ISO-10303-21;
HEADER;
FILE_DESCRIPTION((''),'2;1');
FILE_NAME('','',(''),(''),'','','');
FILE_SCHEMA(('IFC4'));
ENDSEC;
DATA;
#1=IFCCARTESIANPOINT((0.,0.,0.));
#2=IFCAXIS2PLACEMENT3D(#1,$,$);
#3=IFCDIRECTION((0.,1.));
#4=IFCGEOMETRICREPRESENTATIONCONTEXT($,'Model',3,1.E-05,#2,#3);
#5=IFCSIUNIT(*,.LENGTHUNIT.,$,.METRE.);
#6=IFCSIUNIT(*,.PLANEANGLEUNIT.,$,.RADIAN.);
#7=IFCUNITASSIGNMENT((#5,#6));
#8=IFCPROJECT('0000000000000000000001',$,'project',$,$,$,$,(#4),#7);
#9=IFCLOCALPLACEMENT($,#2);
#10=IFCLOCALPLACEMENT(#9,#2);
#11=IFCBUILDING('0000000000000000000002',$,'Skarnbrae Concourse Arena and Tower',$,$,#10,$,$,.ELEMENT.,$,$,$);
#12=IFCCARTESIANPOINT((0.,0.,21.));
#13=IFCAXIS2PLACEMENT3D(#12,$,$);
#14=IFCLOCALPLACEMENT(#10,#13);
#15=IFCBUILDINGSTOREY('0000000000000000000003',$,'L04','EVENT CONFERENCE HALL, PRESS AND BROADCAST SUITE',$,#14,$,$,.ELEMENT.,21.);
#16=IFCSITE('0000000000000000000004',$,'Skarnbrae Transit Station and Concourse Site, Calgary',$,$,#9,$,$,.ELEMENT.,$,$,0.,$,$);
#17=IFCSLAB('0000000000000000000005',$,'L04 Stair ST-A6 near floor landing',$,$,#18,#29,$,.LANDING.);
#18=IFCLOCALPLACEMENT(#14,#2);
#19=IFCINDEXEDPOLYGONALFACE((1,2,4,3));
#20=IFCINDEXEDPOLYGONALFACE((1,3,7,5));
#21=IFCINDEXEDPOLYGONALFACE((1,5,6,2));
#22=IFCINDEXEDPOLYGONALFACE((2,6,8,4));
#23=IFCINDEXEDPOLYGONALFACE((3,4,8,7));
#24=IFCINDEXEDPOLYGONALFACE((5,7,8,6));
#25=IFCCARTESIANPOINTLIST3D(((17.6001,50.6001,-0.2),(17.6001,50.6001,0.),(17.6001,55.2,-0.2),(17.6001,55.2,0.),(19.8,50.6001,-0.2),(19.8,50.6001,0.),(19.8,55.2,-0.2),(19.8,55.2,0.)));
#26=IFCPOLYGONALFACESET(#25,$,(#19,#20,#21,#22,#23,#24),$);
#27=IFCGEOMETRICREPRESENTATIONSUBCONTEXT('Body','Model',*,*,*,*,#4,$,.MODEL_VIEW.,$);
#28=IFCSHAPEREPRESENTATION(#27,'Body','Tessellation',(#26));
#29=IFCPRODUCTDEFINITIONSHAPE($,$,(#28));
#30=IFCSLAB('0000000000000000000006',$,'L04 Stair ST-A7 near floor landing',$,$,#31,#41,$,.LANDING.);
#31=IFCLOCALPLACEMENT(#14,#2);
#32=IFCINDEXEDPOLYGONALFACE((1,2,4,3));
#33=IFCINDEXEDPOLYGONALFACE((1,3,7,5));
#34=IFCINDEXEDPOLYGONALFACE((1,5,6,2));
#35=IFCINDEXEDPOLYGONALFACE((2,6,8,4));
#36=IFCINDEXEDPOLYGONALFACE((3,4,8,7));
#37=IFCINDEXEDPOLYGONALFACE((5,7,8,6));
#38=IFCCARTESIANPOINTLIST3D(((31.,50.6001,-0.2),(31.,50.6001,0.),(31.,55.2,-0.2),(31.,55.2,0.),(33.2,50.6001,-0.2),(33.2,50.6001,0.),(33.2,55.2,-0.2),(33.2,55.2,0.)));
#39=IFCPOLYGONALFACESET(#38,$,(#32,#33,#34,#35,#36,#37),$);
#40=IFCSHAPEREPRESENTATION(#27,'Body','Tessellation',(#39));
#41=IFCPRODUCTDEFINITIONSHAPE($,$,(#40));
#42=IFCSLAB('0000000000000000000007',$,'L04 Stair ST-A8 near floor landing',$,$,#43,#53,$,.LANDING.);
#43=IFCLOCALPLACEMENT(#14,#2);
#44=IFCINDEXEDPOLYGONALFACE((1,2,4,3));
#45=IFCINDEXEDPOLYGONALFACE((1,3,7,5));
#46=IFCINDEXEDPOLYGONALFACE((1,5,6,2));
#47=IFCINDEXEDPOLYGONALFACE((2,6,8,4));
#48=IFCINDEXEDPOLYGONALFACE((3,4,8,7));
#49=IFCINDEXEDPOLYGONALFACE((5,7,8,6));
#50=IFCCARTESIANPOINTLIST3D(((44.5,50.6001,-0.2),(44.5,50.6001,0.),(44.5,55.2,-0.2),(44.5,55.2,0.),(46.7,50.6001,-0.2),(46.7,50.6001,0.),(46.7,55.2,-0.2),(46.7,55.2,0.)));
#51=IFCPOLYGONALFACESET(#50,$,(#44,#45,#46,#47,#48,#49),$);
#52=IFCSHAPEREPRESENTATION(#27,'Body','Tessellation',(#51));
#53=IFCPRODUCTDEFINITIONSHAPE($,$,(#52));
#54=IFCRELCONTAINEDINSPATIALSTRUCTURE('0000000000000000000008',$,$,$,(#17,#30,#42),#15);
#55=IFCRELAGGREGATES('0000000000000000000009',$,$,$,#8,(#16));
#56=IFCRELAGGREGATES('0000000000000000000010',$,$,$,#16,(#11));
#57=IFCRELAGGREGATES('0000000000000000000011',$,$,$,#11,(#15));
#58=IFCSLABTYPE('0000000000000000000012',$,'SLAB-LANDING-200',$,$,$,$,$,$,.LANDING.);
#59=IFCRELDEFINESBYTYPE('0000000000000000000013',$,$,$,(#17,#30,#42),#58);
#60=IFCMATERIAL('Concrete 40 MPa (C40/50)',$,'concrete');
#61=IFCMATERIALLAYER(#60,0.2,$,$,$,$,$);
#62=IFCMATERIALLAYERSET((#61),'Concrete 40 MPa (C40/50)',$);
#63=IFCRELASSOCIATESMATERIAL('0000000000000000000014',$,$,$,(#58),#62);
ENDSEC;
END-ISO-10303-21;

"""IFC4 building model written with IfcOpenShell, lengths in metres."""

from ifc_helpers import new_model, si_unit, direction, frame, origin, place, context, subcontext, project, spatial, polyline, outline, extrude, material, layer, layer_set, type_object, element, save


model = new_model("IFC4")

# Units and contexts
model_context = context("Model", 3, precision=1e-05, world=origin(), true_north=direction((0.0, 1.0)))
body_context = subcontext(model_context, "Body", "Model", "MODEL_VIEW")
ifc_project = project(units=[si_unit("LENGTHUNIT", "METRE"), si_unit("PLANEANGLEUNIT", "RADIAN")], contexts=[model_context])

# Site, building, storey
site_placement = place(None, origin())
site = spatial("IfcSite", under=ifc_project, at=site_placement, Name="Skarnbrae Transit Station and Concourse Site, Calgary", CompositionType="ELEMENT", RefElevation=0.0)
building_placement = place(site_placement, origin())
building = spatial("IfcBuilding", under=site, at=building_placement, Name="Skarnbrae Concourse Arena and Tower", CompositionType="ELEMENT")
storey_placement = place(building_placement, frame((0.0, 0.0, 21.0)))
storey = spatial("IfcBuildingStorey", under=building, at=storey_placement, Name="L04", Description="EVENT CONFERENCE HALL, PRESS AND BROADCAST SUITE", CompositionType="ELEMENT", Elevation=21.0)

# Shared definitions
ifc_material_1 = material(Name="Concrete 40 MPa (C40/50)", Category="concrete")
ifc_layer_1 = layer(ifc_material_1, 0.2)
ifc_layer_set_1 = layer_set([ifc_layer_1], Name="Concrete 40 MPa (C40/50)")
slab_type_1 = type_object("IfcSlabType", Name="SLAB-LANDING-200", PredefinedType="LANDING", material=ifc_layer_set_1)

# Slabs
slab_1_placement = place(storey_placement, frame((0.0, 0.0, -0.2)))
element("IfcSlab", 1, at=slab_1_placement, inside=storey, type_object=slab_type_1, Name="L04 Stair ST-A6 near floor landing", PredefinedType="LANDING", context=body_context, shape_type="SweptSolid", body=[
    extrude(outline(polyline([(17.6001, 50.6001), (19.8, 50.6001), (19.8, 55.2), (17.6001, 55.2), (17.6001, 50.6001)])), origin(), (0.0, 0.0, 1.0), 0.2),
])
slab_2_placement = place(storey_placement, frame((0.0, 0.0, -0.2)))
element("IfcSlab", 2, at=slab_2_placement, inside=storey, type_object=slab_type_1, Name="L04 Stair ST-A7 near floor landing", PredefinedType="LANDING", context=body_context, shape_type="SweptSolid", body=[
    extrude(outline(polyline([(31.0, 50.6001), (33.2, 50.6001), (33.2, 55.2), (31.0, 55.2), (31.0, 50.6001)])), origin(), (0.0, 0.0, 1.0), 0.2),
])
slab_3_placement = place(storey_placement, frame((0.0, 0.0, -0.2)))
element("IfcSlab", 3, at=slab_3_placement, inside=storey, type_object=slab_type_1, Name="L04 Stair ST-A8 near floor landing", PredefinedType="LANDING", context=body_context, shape_type="SweptSolid", body=[
    extrude(outline(polyline([(44.5, 50.6001), (46.7, 50.6001), (46.7, 55.2), (44.5, 55.2), (44.5, 50.6001)])), origin(), (0.0, 0.0, 1.0), 0.2),
])

save(model, "model.ifc")
